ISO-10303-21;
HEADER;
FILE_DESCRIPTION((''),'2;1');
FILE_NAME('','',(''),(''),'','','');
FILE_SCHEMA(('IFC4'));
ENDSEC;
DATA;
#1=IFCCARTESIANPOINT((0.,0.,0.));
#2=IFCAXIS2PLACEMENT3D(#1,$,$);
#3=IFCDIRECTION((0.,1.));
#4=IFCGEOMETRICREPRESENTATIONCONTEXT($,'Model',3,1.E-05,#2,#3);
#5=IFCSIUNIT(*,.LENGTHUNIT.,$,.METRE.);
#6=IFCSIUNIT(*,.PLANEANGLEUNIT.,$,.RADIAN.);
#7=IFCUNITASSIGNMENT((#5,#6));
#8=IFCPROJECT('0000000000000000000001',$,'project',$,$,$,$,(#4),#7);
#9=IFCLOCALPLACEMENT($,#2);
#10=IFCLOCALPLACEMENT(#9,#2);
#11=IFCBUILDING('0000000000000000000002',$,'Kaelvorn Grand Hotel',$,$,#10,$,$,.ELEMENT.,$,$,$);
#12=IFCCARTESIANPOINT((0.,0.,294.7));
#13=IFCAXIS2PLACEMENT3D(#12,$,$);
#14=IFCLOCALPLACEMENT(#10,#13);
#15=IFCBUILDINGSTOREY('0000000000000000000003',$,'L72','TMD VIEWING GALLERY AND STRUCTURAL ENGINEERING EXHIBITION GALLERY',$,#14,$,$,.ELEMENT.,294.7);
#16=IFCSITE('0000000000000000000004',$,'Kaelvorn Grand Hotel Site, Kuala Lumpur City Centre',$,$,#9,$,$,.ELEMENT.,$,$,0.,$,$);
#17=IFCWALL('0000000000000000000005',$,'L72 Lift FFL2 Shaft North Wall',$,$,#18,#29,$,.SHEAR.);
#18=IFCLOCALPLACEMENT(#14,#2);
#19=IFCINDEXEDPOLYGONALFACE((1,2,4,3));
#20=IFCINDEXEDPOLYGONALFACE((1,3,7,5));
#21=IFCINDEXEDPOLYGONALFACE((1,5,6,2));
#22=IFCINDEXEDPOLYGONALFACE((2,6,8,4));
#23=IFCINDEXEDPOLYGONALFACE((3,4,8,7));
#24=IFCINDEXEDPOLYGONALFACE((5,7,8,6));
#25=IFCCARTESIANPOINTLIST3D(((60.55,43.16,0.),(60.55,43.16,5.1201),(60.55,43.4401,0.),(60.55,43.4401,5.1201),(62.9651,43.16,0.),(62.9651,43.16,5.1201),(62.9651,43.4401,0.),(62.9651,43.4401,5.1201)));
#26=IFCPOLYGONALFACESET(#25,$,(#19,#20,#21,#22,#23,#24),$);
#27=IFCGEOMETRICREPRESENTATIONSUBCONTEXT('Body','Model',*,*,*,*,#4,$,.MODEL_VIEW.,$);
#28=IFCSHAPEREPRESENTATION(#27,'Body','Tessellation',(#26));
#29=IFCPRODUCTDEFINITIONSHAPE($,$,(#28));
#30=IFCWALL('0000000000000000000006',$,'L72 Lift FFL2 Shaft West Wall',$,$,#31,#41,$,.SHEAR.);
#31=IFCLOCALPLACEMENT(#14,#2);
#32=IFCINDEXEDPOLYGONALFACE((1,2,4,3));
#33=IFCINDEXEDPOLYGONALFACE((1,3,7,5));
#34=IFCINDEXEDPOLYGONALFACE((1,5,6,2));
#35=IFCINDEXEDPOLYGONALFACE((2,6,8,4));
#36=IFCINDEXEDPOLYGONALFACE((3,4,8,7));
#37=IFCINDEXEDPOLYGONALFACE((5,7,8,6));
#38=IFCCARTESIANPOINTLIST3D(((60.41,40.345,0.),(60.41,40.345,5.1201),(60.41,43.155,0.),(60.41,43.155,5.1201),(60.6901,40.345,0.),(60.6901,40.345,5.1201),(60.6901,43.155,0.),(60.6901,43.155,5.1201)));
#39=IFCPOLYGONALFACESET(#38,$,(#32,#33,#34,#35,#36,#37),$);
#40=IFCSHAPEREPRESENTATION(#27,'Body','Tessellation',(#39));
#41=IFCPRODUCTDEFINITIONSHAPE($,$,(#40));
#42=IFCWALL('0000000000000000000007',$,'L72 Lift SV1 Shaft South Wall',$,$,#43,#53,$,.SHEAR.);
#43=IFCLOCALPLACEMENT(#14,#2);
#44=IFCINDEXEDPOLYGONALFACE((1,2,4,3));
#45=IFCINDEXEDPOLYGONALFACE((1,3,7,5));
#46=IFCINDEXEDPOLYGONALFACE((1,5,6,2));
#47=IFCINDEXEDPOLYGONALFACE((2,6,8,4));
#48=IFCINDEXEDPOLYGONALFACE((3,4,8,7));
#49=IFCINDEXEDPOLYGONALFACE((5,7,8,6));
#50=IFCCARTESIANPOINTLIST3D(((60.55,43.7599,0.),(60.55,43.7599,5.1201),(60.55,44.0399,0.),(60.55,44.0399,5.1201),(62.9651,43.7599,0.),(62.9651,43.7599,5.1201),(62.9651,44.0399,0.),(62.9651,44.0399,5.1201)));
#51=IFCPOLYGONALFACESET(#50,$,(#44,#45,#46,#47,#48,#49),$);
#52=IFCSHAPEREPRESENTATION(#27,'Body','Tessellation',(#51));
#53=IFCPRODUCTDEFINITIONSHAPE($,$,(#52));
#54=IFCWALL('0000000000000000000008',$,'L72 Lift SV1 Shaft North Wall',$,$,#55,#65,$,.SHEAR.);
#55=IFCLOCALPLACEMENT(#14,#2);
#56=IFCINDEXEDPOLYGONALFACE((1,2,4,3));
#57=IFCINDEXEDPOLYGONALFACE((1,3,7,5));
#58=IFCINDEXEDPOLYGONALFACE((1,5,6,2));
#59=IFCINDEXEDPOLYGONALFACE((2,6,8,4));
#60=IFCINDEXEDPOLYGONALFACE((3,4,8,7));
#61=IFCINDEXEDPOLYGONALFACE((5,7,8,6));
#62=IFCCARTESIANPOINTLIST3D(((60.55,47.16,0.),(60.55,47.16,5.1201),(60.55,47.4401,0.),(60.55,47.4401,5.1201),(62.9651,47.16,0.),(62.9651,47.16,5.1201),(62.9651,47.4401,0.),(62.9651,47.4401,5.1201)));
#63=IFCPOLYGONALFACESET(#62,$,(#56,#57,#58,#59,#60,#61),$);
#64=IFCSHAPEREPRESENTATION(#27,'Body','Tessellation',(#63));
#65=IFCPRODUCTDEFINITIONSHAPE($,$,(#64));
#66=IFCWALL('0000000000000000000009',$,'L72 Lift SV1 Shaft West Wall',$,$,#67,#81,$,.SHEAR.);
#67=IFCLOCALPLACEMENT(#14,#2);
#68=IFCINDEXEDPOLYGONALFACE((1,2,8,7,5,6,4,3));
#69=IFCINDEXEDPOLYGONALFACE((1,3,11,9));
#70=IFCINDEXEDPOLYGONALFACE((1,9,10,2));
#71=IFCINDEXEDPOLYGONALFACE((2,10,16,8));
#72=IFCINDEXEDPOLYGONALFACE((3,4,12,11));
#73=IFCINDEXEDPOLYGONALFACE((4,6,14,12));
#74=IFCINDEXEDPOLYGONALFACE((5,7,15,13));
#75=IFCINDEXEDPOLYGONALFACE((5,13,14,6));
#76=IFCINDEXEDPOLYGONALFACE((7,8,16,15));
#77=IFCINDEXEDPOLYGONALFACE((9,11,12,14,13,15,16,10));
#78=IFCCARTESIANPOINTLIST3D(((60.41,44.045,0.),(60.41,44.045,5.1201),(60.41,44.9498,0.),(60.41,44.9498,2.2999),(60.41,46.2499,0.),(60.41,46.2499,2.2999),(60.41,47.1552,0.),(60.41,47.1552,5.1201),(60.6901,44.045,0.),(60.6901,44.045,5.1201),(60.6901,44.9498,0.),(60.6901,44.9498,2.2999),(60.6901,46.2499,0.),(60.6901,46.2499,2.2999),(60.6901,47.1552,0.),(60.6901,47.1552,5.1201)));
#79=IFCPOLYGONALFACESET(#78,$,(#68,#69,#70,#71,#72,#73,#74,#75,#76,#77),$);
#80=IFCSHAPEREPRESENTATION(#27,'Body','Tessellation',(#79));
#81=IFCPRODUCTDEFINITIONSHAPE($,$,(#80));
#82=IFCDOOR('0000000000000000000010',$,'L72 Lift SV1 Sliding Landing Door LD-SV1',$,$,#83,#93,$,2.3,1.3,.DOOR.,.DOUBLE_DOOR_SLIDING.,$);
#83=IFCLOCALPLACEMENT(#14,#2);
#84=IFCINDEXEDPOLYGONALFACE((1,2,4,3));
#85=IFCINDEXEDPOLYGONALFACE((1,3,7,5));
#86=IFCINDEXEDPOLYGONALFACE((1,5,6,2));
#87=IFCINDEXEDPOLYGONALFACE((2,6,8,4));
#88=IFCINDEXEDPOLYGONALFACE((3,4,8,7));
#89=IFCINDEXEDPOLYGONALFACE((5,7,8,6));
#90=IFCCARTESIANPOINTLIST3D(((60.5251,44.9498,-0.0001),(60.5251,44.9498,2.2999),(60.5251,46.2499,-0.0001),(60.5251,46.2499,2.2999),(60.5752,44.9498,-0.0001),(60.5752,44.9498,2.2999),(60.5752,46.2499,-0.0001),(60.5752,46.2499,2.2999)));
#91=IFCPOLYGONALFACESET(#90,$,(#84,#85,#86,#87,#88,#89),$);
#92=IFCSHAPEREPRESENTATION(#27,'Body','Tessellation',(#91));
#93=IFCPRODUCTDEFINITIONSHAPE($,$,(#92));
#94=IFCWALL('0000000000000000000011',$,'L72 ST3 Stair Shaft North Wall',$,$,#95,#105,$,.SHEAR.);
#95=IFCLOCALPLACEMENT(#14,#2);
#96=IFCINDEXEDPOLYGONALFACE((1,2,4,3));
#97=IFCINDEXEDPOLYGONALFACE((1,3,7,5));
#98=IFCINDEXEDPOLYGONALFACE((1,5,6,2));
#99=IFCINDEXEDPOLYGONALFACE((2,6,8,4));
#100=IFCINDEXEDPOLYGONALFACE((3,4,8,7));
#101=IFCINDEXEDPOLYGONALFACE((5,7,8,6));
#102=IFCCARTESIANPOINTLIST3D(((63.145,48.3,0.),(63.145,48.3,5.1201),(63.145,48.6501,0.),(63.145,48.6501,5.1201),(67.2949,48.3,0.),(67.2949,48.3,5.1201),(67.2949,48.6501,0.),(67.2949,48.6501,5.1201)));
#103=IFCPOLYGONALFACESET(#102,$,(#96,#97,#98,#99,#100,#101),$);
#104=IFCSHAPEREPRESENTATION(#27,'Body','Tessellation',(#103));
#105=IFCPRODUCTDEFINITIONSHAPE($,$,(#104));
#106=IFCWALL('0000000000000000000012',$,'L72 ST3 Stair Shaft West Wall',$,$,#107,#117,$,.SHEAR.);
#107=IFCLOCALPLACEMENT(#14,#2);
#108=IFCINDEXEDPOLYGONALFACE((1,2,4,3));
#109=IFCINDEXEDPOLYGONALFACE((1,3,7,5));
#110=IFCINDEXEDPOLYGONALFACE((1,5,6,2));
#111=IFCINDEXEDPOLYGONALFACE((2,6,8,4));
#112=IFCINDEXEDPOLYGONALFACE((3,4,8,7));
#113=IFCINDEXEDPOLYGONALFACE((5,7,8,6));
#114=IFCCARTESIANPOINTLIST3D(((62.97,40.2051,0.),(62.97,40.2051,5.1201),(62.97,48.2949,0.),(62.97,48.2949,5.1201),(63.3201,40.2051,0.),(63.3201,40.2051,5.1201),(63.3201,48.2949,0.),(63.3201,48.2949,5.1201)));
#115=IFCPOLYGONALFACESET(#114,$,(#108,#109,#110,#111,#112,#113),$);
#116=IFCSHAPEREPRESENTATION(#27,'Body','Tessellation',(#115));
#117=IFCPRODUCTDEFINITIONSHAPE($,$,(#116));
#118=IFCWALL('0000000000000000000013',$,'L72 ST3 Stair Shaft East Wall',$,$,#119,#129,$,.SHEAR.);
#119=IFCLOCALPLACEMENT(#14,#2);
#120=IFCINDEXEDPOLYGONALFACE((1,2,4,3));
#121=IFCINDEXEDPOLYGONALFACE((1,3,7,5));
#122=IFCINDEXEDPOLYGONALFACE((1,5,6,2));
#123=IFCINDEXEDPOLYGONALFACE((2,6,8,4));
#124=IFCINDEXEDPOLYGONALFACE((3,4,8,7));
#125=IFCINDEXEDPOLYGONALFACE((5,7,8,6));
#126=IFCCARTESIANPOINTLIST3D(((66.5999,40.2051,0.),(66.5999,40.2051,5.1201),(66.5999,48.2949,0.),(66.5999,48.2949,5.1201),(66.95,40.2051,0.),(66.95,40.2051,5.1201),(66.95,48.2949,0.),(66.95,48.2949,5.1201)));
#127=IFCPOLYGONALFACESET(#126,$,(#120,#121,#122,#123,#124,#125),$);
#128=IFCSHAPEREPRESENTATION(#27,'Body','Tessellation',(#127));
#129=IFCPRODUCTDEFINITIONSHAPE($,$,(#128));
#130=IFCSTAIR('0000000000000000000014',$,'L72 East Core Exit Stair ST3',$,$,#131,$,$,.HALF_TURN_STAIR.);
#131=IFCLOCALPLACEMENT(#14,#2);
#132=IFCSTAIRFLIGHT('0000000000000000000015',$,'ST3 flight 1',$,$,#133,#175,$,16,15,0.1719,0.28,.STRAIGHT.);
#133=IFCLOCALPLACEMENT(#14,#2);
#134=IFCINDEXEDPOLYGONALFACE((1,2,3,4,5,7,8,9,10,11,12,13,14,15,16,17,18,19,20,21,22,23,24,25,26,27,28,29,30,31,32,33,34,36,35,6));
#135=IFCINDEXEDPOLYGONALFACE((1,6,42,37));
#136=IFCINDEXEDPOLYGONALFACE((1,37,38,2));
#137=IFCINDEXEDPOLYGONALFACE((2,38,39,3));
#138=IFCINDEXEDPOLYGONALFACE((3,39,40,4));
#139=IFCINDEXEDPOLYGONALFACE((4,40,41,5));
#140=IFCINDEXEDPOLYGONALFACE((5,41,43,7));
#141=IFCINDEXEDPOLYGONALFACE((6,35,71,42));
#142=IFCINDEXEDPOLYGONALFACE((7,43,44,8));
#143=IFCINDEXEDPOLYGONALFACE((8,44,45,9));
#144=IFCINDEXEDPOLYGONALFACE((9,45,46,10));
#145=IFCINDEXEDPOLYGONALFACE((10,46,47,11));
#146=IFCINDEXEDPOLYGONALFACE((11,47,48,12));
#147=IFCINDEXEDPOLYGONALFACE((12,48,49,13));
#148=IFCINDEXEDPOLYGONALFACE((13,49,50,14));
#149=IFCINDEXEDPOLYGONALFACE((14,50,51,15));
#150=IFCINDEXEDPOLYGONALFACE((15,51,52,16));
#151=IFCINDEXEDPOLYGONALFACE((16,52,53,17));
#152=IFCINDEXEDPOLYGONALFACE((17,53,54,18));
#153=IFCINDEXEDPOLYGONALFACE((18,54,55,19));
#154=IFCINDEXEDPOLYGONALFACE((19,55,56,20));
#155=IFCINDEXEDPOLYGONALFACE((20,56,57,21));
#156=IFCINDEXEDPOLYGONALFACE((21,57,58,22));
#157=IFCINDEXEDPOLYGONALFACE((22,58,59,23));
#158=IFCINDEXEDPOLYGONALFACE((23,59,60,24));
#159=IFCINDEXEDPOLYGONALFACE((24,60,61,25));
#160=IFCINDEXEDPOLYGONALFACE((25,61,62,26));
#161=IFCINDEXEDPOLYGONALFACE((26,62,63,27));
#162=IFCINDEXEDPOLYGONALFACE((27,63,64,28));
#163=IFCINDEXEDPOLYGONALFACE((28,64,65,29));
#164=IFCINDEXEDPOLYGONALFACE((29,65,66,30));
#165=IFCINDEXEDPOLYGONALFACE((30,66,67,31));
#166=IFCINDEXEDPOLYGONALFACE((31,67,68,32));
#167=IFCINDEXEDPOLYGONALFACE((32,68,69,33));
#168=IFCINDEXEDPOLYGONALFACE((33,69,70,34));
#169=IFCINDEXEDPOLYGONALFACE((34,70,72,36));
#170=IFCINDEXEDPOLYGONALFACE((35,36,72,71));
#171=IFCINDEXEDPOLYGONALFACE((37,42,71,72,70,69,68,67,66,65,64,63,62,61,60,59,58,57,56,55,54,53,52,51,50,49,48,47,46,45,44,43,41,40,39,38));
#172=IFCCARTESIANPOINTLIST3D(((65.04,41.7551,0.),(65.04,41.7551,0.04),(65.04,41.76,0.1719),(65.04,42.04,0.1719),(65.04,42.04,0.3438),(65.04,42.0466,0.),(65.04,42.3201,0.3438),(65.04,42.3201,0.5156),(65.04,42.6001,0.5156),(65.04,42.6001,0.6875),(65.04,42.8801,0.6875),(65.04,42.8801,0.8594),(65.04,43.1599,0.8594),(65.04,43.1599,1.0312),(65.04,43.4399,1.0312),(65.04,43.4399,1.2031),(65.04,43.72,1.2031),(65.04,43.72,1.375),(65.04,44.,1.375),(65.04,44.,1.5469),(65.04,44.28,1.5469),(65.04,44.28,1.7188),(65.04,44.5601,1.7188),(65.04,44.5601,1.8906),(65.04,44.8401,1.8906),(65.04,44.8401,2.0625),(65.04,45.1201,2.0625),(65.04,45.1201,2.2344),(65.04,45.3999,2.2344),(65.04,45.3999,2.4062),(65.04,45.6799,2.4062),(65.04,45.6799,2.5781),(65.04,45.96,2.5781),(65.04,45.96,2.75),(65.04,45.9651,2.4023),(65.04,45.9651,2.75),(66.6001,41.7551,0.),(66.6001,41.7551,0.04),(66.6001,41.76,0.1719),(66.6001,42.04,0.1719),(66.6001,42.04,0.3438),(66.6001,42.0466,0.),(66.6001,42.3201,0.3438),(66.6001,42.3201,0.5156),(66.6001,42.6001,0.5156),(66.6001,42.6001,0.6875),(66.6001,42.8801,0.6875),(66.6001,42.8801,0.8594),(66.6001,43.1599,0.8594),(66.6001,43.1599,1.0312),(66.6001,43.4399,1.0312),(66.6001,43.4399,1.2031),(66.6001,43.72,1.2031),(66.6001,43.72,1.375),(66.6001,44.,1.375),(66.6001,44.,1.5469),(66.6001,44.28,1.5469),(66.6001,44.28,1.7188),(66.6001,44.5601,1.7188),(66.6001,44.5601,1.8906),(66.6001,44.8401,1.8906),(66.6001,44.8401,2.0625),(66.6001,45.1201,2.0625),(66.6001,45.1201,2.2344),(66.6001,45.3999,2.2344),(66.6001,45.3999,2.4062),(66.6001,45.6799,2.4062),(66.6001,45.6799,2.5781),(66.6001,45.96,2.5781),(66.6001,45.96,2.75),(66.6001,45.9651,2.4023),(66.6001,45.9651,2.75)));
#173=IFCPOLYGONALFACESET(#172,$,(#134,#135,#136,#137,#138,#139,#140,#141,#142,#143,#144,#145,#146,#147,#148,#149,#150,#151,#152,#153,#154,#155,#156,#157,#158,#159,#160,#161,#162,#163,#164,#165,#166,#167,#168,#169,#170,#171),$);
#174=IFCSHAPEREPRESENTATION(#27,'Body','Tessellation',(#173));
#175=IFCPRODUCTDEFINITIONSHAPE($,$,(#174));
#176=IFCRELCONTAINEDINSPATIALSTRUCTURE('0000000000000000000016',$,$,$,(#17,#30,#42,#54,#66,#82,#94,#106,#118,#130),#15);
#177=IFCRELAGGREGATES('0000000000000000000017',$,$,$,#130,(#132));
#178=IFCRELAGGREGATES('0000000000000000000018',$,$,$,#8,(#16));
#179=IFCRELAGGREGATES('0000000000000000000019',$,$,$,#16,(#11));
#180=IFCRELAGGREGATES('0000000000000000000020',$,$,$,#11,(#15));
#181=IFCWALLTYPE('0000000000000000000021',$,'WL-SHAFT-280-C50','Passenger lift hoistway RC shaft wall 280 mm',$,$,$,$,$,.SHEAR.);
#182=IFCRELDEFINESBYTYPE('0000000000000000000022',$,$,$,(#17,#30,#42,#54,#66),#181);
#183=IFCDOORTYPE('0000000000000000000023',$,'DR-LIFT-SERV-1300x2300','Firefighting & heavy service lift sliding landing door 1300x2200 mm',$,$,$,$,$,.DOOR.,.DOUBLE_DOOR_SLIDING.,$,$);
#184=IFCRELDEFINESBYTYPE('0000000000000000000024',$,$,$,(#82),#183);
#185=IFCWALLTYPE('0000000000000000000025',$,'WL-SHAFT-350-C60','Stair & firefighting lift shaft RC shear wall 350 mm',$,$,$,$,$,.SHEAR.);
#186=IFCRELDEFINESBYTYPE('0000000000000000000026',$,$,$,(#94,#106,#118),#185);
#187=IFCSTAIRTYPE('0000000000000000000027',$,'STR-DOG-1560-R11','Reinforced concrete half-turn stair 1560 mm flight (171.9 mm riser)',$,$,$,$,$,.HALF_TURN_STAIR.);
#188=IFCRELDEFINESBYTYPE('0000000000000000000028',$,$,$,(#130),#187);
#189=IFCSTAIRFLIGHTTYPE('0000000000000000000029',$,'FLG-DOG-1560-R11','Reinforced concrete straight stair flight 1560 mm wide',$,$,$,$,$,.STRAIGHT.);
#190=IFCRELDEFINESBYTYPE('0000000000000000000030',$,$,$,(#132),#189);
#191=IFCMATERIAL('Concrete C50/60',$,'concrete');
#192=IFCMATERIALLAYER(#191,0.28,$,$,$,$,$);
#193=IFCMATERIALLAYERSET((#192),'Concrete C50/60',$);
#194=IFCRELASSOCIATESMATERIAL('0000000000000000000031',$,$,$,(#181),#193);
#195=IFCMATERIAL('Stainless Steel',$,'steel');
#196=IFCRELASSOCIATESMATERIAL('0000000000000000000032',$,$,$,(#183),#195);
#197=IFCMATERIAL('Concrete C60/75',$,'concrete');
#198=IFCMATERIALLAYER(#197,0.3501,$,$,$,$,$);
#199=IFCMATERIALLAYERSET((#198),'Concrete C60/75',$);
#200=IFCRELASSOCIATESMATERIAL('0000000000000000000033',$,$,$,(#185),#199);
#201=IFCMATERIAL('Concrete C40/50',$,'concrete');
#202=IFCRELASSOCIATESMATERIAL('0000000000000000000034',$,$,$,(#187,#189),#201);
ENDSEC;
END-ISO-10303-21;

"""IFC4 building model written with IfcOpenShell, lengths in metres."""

from ifc_helpers import new_model, si_unit, direction, frame, frame_2d, origin, place, context, subcontext, project, spatial, polyline, rectangle, outline, extrude, material, layer, layer_set, type_object, element, fill, aggregate, save


model = new_model("IFC4")

# Units and contexts
model_context = context("Model", 3, precision=1e-05, world=origin(), true_north=direction((0.0, 1.0)))
body_context = subcontext(model_context, "Body", "Model", "MODEL_VIEW")
ifc_project = project(units=[si_unit("LENGTHUNIT", "METRE"), si_unit("PLANEANGLEUNIT", "RADIAN")], contexts=[model_context])

# Site, building, storey
site_placement = place(None, origin())
site = spatial("IfcSite", under=ifc_project, at=site_placement, Name="Kaelvorn Grand Hotel Site, Kuala Lumpur City Centre", CompositionType="ELEMENT", RefElevation=0.0)
building_placement = place(site_placement, origin())
building = spatial("IfcBuilding", under=site, at=building_placement, Name="Kaelvorn Grand Hotel", CompositionType="ELEMENT")
storey_placement = place(building_placement, frame((0.0, 0.0, 294.7)))
storey = spatial("IfcBuildingStorey", under=building, at=storey_placement, Name="L72", Description="TMD VIEWING GALLERY AND STRUCTURAL ENGINEERING EXHIBITION GALLERY", CompositionType="ELEMENT", Elevation=294.7)

# Shared definitions
ifc_material_1 = material(Name="Concrete C60/75", Category="concrete")
ifc_material_2 = material(Name="Concrete C50/60", Category="concrete")

# Shared definitions
ifc_material_3 = material(Name="Concrete C40/50", Category="concrete")

# Walls
ifc_layer_1 = layer(ifc_material_2, 0.28)
ifc_layer_set_1 = layer_set([ifc_layer_1], Name="Concrete C50/60")
wall_type_1 = type_object("IfcWallType", Name="WL-SHAFT-280-C50", Description="Passenger lift hoistway RC shaft wall 280 mm", PredefinedType="SHEAR", material=ifc_layer_set_1)
wall_1_placement = place(storey_placement, frame((60.55, 43.3, 0.0), z_axis=(0.0, 0.0, 1.0), x_axis=(1.0, 0.0, 0.0)))
element("IfcWall", 1, at=wall_1_placement, inside=storey, type_object=wall_type_1, Name="L72 Lift FFL2 Shaft North Wall", PredefinedType="SHEAR", context=body_context, shape_type="SweptSolid", body=[
    extrude(rectangle(XDim=2.415, YDim=0.28, at=frame_2d((1.2075, 0.0))), origin(), (0.0, 0.0, 1.0), 5.1201),
])
wall_2_placement = place(storey_placement, frame((60.55, 40.345, 0.0), z_axis=(0.0, 0.0, 1.0), x_axis=(0.0, 1.0, 0.0)))
element("IfcWall", 2, at=wall_2_placement, inside=storey, type_object=wall_type_1, Name="L72 Lift FFL2 Shaft West Wall", PredefinedType="SHEAR", context=body_context, shape_type="SweptSolid", body=[
    extrude(rectangle(XDim=2.8101, YDim=0.28, at=frame_2d((1.405, 0.0))), origin(), (0.0, 0.0, 1.0), 5.1201),
])
for number, where, z_axis, x_axis, name in (
    (3, (60.55, 43.8999, 0.0), (0.0, 0.0, 1.0), (1.0, 0.0, 0.0), "L72 Lift SV1 Shaft South Wall"),
    (4, (60.55, 47.3, 0.0), (0.0, 0.0, 1.0), (1.0, 0.0, 0.0), "L72 Lift SV1 Shaft North Wall"),
):
    element("IfcWall", number, at=place(storey_placement, frame(where, z_axis=z_axis, x_axis=x_axis)), inside=storey, type_object=wall_type_1, Name=name, PredefinedType="SHEAR", context=body_context, shape_type="SweptSolid", body=[
        extrude(rectangle(XDim=2.415, YDim=0.28, at=frame_2d((1.2075, 0.0))), origin(), (0.0, 0.0, 1.0), 5.1201),
    ])

# Wall, opening, door
wall_3_placement = place(storey_placement, frame((60.55, 44.0449, 0.0), z_axis=(0.0, 0.0, 1.0), x_axis=(0.0, 1.0, 0.0)))
wall_3 = element("IfcWall", 5, at=wall_3_placement, inside=storey, type_object=wall_type_1, Name="L72 Lift SV1 Shaft West Wall", PredefinedType="SHEAR", context=body_context, shape_type="SweptSolid", body=[
    extrude(rectangle(XDim=3.1101, YDim=0.28, at=frame_2d((1.5552, 0.0))), origin(), (0.0, 0.0, 1.0), 5.1201),
])
opening_1_placement = place(wall_3_placement, frame((0.905, 0.0, 0.0)))
opening_1 = element("IfcOpeningElement", 6, at=opening_1_placement, cuts=wall_3, PredefinedType="OPENING", context=body_context, shape_type="SweptSolid", body=[
    extrude(rectangle(XDim=1.3, YDim=2.3, at=frame_2d((0.6499, 1.1499))), frame((0.0, 0.1499, 0.0), z_axis=(0.0, -1.0, 0.0), x_axis=(1.0, 0.0, 0.0)), (0.0, 0.0, 1.0), 0.3),
])
ifc_material_4 = material(Name="Stainless Steel", Category="steel")
door_type = type_object("IfcDoorType", Name="DR-LIFT-SERV-1300x2300", Description="Firefighting & heavy service lift sliding landing door 1300x2200 mm", OperationType="DOUBLE_DOOR_SLIDING", PredefinedType="DOOR", material=ifc_material_4)
door_placement = place(opening_1_placement, origin())
door = element("IfcDoor", 7, at=door_placement, inside=storey, type_object=door_type, Name="L72 Lift SV1 Sliding Landing Door LD-SV1", OperationType="DOUBLE_DOOR_SLIDING", OverallHeight=2.3, OverallWidth=1.3, PredefinedType="DOOR", context=body_context, shape_type="SweptSolid", body=[
    extrude(rectangle(XDim=1.3, YDim=2.3, at=frame_2d((0.6499, 1.1499))), frame((0.0, 0.0249, 0.0), z_axis=(0.0, -1.0, 0.0), x_axis=(1.0, 0.0, 0.0)), (0.0, 0.0, 1.0), 0.05),
])
fill(opening_1, door)

# Walls
ifc_layer_2 = layer(ifc_material_1, 0.3501)
ifc_layer_set_2 = layer_set([ifc_layer_2], Name="Concrete C60/75")
wall_type_2 = type_object("IfcWallType", Name="WL-SHAFT-350-C60", Description="Stair & firefighting lift shaft RC shear wall 350 mm", PredefinedType="SHEAR", material=ifc_layer_set_2)
wall_4_placement = place(storey_placement, frame((63.145, 48.4751, 0.0), z_axis=(0.0, 0.0, 1.0), x_axis=(1.0, 0.0, 0.0)))
element("IfcWall", 8, at=wall_4_placement, inside=storey, type_object=wall_type_2, Name="L72 ST3 Stair Shaft North Wall", PredefinedType="SHEAR", context=body_context, shape_type="SweptSolid", body=[
    extrude(rectangle(XDim=4.1499, YDim=0.3501, at=frame_2d((2.075, 0.0))), origin(), (0.0, 0.0, 1.0), 5.1201),
])
for number, where, z_axis, x_axis, name in (
    (9, (63.145, 40.2051, 0.0), (0.0, 0.0, 1.0), (0.0, 1.0, 0.0), "L72 ST3 Stair Shaft West Wall"),
    (10, (66.7749, 40.2051, 0.0), (0.0, 0.0, 1.0), (0.0, 1.0, 0.0), "L72 ST3 Stair Shaft East Wall"),
):
    element("IfcWall", number, at=place(storey_placement, frame(where, z_axis=z_axis, x_axis=x_axis)), inside=storey, type_object=wall_type_2, Name=name, PredefinedType="SHEAR", context=body_context, shape_type="SweptSolid", body=[
        extrude(rectangle(XDim=8.0898, YDim=0.3501, at=frame_2d((4.0449, 0.0))), origin(), (0.0, 0.0, 1.0), 5.1201),
    ])

# Stair, stair flight
stair_type = type_object("IfcStairType", Name="STR-DOG-1560-R11", Description="Reinforced concrete half-turn stair 1560 mm flight (171.9 mm riser)", PredefinedType="HALF_TURN_STAIR", material=ifc_material_3)
stair_placement = place(storey_placement, origin())
stair = element("IfcStair", 11, at=stair_placement, inside=storey, type_object=stair_type, Name="L72 East Core Exit Stair ST3", PredefinedType="HALF_TURN_STAIR")
stair_flight_type = type_object("IfcStairFlightType", Name="FLG-DOG-1560-R11", Description="Reinforced concrete straight stair flight 1560 mm wide", PredefinedType="STRAIGHT", material=ifc_material_3)
stair_flight_1_placement = place(storey_placement, frame((65.8201, 41.76, 0.0), z_axis=(0.0, 0.0, 1.0), x_axis=(0.0, 1.0, 0.0)))
stair_flight_1 = element("IfcStairFlight", 12, at=stair_flight_1_placement, type_object=stair_flight_type, Name="ST3 flight 1", NumberOfRisers=16, NumberOfTreads=15, PredefinedType="STRAIGHT", RiserHeight=0.1719, TreadLength=0.28, context=body_context, shape_type="SweptSolid", body=[
    extrude(outline(polyline([(-0.0049, 0.0), (-0.0049, 0.04), (0.0, 0.1719), (0.28, 0.1719), (0.28, 0.3438), (0.5601, 0.3438), (0.5601, 0.5156), (0.8401, 0.5156), (0.8401, 0.6875), (1.1201, 0.6875), (1.1201, 0.8594), (1.3999, 0.8594), (1.3999, 1.0312), (1.6799, 1.0312), (1.6799, 1.2031), (1.96, 1.2031), (1.96, 1.375), (2.24, 1.375), (2.24, 1.5469), (2.52, 1.5469), (2.52, 1.7188), (2.8, 1.7188), (2.8, 1.8906), (3.0801, 1.8906), (3.0801, 2.0625), (3.3601, 2.0625), (3.3601, 2.2344), (3.6399, 2.2344), (3.6399, 2.4062), (3.9199, 2.4062), (3.9199, 2.5781), (4.2, 2.5781), (4.2, 2.75), (4.2051, 2.75), (4.2051, 2.4023), (0.2866, 0.0), (-0.0049, 0.0)])), frame((0.0, 0.78, 0.0), z_axis=(0.0, -1.0, 0.0), x_axis=(1.0, 0.0, 0.0)), (0.0, 0.0, 1.0), 1.5601),
])
aggregate(stair, [stair_flight_1])

save(model, "model.ifc")
